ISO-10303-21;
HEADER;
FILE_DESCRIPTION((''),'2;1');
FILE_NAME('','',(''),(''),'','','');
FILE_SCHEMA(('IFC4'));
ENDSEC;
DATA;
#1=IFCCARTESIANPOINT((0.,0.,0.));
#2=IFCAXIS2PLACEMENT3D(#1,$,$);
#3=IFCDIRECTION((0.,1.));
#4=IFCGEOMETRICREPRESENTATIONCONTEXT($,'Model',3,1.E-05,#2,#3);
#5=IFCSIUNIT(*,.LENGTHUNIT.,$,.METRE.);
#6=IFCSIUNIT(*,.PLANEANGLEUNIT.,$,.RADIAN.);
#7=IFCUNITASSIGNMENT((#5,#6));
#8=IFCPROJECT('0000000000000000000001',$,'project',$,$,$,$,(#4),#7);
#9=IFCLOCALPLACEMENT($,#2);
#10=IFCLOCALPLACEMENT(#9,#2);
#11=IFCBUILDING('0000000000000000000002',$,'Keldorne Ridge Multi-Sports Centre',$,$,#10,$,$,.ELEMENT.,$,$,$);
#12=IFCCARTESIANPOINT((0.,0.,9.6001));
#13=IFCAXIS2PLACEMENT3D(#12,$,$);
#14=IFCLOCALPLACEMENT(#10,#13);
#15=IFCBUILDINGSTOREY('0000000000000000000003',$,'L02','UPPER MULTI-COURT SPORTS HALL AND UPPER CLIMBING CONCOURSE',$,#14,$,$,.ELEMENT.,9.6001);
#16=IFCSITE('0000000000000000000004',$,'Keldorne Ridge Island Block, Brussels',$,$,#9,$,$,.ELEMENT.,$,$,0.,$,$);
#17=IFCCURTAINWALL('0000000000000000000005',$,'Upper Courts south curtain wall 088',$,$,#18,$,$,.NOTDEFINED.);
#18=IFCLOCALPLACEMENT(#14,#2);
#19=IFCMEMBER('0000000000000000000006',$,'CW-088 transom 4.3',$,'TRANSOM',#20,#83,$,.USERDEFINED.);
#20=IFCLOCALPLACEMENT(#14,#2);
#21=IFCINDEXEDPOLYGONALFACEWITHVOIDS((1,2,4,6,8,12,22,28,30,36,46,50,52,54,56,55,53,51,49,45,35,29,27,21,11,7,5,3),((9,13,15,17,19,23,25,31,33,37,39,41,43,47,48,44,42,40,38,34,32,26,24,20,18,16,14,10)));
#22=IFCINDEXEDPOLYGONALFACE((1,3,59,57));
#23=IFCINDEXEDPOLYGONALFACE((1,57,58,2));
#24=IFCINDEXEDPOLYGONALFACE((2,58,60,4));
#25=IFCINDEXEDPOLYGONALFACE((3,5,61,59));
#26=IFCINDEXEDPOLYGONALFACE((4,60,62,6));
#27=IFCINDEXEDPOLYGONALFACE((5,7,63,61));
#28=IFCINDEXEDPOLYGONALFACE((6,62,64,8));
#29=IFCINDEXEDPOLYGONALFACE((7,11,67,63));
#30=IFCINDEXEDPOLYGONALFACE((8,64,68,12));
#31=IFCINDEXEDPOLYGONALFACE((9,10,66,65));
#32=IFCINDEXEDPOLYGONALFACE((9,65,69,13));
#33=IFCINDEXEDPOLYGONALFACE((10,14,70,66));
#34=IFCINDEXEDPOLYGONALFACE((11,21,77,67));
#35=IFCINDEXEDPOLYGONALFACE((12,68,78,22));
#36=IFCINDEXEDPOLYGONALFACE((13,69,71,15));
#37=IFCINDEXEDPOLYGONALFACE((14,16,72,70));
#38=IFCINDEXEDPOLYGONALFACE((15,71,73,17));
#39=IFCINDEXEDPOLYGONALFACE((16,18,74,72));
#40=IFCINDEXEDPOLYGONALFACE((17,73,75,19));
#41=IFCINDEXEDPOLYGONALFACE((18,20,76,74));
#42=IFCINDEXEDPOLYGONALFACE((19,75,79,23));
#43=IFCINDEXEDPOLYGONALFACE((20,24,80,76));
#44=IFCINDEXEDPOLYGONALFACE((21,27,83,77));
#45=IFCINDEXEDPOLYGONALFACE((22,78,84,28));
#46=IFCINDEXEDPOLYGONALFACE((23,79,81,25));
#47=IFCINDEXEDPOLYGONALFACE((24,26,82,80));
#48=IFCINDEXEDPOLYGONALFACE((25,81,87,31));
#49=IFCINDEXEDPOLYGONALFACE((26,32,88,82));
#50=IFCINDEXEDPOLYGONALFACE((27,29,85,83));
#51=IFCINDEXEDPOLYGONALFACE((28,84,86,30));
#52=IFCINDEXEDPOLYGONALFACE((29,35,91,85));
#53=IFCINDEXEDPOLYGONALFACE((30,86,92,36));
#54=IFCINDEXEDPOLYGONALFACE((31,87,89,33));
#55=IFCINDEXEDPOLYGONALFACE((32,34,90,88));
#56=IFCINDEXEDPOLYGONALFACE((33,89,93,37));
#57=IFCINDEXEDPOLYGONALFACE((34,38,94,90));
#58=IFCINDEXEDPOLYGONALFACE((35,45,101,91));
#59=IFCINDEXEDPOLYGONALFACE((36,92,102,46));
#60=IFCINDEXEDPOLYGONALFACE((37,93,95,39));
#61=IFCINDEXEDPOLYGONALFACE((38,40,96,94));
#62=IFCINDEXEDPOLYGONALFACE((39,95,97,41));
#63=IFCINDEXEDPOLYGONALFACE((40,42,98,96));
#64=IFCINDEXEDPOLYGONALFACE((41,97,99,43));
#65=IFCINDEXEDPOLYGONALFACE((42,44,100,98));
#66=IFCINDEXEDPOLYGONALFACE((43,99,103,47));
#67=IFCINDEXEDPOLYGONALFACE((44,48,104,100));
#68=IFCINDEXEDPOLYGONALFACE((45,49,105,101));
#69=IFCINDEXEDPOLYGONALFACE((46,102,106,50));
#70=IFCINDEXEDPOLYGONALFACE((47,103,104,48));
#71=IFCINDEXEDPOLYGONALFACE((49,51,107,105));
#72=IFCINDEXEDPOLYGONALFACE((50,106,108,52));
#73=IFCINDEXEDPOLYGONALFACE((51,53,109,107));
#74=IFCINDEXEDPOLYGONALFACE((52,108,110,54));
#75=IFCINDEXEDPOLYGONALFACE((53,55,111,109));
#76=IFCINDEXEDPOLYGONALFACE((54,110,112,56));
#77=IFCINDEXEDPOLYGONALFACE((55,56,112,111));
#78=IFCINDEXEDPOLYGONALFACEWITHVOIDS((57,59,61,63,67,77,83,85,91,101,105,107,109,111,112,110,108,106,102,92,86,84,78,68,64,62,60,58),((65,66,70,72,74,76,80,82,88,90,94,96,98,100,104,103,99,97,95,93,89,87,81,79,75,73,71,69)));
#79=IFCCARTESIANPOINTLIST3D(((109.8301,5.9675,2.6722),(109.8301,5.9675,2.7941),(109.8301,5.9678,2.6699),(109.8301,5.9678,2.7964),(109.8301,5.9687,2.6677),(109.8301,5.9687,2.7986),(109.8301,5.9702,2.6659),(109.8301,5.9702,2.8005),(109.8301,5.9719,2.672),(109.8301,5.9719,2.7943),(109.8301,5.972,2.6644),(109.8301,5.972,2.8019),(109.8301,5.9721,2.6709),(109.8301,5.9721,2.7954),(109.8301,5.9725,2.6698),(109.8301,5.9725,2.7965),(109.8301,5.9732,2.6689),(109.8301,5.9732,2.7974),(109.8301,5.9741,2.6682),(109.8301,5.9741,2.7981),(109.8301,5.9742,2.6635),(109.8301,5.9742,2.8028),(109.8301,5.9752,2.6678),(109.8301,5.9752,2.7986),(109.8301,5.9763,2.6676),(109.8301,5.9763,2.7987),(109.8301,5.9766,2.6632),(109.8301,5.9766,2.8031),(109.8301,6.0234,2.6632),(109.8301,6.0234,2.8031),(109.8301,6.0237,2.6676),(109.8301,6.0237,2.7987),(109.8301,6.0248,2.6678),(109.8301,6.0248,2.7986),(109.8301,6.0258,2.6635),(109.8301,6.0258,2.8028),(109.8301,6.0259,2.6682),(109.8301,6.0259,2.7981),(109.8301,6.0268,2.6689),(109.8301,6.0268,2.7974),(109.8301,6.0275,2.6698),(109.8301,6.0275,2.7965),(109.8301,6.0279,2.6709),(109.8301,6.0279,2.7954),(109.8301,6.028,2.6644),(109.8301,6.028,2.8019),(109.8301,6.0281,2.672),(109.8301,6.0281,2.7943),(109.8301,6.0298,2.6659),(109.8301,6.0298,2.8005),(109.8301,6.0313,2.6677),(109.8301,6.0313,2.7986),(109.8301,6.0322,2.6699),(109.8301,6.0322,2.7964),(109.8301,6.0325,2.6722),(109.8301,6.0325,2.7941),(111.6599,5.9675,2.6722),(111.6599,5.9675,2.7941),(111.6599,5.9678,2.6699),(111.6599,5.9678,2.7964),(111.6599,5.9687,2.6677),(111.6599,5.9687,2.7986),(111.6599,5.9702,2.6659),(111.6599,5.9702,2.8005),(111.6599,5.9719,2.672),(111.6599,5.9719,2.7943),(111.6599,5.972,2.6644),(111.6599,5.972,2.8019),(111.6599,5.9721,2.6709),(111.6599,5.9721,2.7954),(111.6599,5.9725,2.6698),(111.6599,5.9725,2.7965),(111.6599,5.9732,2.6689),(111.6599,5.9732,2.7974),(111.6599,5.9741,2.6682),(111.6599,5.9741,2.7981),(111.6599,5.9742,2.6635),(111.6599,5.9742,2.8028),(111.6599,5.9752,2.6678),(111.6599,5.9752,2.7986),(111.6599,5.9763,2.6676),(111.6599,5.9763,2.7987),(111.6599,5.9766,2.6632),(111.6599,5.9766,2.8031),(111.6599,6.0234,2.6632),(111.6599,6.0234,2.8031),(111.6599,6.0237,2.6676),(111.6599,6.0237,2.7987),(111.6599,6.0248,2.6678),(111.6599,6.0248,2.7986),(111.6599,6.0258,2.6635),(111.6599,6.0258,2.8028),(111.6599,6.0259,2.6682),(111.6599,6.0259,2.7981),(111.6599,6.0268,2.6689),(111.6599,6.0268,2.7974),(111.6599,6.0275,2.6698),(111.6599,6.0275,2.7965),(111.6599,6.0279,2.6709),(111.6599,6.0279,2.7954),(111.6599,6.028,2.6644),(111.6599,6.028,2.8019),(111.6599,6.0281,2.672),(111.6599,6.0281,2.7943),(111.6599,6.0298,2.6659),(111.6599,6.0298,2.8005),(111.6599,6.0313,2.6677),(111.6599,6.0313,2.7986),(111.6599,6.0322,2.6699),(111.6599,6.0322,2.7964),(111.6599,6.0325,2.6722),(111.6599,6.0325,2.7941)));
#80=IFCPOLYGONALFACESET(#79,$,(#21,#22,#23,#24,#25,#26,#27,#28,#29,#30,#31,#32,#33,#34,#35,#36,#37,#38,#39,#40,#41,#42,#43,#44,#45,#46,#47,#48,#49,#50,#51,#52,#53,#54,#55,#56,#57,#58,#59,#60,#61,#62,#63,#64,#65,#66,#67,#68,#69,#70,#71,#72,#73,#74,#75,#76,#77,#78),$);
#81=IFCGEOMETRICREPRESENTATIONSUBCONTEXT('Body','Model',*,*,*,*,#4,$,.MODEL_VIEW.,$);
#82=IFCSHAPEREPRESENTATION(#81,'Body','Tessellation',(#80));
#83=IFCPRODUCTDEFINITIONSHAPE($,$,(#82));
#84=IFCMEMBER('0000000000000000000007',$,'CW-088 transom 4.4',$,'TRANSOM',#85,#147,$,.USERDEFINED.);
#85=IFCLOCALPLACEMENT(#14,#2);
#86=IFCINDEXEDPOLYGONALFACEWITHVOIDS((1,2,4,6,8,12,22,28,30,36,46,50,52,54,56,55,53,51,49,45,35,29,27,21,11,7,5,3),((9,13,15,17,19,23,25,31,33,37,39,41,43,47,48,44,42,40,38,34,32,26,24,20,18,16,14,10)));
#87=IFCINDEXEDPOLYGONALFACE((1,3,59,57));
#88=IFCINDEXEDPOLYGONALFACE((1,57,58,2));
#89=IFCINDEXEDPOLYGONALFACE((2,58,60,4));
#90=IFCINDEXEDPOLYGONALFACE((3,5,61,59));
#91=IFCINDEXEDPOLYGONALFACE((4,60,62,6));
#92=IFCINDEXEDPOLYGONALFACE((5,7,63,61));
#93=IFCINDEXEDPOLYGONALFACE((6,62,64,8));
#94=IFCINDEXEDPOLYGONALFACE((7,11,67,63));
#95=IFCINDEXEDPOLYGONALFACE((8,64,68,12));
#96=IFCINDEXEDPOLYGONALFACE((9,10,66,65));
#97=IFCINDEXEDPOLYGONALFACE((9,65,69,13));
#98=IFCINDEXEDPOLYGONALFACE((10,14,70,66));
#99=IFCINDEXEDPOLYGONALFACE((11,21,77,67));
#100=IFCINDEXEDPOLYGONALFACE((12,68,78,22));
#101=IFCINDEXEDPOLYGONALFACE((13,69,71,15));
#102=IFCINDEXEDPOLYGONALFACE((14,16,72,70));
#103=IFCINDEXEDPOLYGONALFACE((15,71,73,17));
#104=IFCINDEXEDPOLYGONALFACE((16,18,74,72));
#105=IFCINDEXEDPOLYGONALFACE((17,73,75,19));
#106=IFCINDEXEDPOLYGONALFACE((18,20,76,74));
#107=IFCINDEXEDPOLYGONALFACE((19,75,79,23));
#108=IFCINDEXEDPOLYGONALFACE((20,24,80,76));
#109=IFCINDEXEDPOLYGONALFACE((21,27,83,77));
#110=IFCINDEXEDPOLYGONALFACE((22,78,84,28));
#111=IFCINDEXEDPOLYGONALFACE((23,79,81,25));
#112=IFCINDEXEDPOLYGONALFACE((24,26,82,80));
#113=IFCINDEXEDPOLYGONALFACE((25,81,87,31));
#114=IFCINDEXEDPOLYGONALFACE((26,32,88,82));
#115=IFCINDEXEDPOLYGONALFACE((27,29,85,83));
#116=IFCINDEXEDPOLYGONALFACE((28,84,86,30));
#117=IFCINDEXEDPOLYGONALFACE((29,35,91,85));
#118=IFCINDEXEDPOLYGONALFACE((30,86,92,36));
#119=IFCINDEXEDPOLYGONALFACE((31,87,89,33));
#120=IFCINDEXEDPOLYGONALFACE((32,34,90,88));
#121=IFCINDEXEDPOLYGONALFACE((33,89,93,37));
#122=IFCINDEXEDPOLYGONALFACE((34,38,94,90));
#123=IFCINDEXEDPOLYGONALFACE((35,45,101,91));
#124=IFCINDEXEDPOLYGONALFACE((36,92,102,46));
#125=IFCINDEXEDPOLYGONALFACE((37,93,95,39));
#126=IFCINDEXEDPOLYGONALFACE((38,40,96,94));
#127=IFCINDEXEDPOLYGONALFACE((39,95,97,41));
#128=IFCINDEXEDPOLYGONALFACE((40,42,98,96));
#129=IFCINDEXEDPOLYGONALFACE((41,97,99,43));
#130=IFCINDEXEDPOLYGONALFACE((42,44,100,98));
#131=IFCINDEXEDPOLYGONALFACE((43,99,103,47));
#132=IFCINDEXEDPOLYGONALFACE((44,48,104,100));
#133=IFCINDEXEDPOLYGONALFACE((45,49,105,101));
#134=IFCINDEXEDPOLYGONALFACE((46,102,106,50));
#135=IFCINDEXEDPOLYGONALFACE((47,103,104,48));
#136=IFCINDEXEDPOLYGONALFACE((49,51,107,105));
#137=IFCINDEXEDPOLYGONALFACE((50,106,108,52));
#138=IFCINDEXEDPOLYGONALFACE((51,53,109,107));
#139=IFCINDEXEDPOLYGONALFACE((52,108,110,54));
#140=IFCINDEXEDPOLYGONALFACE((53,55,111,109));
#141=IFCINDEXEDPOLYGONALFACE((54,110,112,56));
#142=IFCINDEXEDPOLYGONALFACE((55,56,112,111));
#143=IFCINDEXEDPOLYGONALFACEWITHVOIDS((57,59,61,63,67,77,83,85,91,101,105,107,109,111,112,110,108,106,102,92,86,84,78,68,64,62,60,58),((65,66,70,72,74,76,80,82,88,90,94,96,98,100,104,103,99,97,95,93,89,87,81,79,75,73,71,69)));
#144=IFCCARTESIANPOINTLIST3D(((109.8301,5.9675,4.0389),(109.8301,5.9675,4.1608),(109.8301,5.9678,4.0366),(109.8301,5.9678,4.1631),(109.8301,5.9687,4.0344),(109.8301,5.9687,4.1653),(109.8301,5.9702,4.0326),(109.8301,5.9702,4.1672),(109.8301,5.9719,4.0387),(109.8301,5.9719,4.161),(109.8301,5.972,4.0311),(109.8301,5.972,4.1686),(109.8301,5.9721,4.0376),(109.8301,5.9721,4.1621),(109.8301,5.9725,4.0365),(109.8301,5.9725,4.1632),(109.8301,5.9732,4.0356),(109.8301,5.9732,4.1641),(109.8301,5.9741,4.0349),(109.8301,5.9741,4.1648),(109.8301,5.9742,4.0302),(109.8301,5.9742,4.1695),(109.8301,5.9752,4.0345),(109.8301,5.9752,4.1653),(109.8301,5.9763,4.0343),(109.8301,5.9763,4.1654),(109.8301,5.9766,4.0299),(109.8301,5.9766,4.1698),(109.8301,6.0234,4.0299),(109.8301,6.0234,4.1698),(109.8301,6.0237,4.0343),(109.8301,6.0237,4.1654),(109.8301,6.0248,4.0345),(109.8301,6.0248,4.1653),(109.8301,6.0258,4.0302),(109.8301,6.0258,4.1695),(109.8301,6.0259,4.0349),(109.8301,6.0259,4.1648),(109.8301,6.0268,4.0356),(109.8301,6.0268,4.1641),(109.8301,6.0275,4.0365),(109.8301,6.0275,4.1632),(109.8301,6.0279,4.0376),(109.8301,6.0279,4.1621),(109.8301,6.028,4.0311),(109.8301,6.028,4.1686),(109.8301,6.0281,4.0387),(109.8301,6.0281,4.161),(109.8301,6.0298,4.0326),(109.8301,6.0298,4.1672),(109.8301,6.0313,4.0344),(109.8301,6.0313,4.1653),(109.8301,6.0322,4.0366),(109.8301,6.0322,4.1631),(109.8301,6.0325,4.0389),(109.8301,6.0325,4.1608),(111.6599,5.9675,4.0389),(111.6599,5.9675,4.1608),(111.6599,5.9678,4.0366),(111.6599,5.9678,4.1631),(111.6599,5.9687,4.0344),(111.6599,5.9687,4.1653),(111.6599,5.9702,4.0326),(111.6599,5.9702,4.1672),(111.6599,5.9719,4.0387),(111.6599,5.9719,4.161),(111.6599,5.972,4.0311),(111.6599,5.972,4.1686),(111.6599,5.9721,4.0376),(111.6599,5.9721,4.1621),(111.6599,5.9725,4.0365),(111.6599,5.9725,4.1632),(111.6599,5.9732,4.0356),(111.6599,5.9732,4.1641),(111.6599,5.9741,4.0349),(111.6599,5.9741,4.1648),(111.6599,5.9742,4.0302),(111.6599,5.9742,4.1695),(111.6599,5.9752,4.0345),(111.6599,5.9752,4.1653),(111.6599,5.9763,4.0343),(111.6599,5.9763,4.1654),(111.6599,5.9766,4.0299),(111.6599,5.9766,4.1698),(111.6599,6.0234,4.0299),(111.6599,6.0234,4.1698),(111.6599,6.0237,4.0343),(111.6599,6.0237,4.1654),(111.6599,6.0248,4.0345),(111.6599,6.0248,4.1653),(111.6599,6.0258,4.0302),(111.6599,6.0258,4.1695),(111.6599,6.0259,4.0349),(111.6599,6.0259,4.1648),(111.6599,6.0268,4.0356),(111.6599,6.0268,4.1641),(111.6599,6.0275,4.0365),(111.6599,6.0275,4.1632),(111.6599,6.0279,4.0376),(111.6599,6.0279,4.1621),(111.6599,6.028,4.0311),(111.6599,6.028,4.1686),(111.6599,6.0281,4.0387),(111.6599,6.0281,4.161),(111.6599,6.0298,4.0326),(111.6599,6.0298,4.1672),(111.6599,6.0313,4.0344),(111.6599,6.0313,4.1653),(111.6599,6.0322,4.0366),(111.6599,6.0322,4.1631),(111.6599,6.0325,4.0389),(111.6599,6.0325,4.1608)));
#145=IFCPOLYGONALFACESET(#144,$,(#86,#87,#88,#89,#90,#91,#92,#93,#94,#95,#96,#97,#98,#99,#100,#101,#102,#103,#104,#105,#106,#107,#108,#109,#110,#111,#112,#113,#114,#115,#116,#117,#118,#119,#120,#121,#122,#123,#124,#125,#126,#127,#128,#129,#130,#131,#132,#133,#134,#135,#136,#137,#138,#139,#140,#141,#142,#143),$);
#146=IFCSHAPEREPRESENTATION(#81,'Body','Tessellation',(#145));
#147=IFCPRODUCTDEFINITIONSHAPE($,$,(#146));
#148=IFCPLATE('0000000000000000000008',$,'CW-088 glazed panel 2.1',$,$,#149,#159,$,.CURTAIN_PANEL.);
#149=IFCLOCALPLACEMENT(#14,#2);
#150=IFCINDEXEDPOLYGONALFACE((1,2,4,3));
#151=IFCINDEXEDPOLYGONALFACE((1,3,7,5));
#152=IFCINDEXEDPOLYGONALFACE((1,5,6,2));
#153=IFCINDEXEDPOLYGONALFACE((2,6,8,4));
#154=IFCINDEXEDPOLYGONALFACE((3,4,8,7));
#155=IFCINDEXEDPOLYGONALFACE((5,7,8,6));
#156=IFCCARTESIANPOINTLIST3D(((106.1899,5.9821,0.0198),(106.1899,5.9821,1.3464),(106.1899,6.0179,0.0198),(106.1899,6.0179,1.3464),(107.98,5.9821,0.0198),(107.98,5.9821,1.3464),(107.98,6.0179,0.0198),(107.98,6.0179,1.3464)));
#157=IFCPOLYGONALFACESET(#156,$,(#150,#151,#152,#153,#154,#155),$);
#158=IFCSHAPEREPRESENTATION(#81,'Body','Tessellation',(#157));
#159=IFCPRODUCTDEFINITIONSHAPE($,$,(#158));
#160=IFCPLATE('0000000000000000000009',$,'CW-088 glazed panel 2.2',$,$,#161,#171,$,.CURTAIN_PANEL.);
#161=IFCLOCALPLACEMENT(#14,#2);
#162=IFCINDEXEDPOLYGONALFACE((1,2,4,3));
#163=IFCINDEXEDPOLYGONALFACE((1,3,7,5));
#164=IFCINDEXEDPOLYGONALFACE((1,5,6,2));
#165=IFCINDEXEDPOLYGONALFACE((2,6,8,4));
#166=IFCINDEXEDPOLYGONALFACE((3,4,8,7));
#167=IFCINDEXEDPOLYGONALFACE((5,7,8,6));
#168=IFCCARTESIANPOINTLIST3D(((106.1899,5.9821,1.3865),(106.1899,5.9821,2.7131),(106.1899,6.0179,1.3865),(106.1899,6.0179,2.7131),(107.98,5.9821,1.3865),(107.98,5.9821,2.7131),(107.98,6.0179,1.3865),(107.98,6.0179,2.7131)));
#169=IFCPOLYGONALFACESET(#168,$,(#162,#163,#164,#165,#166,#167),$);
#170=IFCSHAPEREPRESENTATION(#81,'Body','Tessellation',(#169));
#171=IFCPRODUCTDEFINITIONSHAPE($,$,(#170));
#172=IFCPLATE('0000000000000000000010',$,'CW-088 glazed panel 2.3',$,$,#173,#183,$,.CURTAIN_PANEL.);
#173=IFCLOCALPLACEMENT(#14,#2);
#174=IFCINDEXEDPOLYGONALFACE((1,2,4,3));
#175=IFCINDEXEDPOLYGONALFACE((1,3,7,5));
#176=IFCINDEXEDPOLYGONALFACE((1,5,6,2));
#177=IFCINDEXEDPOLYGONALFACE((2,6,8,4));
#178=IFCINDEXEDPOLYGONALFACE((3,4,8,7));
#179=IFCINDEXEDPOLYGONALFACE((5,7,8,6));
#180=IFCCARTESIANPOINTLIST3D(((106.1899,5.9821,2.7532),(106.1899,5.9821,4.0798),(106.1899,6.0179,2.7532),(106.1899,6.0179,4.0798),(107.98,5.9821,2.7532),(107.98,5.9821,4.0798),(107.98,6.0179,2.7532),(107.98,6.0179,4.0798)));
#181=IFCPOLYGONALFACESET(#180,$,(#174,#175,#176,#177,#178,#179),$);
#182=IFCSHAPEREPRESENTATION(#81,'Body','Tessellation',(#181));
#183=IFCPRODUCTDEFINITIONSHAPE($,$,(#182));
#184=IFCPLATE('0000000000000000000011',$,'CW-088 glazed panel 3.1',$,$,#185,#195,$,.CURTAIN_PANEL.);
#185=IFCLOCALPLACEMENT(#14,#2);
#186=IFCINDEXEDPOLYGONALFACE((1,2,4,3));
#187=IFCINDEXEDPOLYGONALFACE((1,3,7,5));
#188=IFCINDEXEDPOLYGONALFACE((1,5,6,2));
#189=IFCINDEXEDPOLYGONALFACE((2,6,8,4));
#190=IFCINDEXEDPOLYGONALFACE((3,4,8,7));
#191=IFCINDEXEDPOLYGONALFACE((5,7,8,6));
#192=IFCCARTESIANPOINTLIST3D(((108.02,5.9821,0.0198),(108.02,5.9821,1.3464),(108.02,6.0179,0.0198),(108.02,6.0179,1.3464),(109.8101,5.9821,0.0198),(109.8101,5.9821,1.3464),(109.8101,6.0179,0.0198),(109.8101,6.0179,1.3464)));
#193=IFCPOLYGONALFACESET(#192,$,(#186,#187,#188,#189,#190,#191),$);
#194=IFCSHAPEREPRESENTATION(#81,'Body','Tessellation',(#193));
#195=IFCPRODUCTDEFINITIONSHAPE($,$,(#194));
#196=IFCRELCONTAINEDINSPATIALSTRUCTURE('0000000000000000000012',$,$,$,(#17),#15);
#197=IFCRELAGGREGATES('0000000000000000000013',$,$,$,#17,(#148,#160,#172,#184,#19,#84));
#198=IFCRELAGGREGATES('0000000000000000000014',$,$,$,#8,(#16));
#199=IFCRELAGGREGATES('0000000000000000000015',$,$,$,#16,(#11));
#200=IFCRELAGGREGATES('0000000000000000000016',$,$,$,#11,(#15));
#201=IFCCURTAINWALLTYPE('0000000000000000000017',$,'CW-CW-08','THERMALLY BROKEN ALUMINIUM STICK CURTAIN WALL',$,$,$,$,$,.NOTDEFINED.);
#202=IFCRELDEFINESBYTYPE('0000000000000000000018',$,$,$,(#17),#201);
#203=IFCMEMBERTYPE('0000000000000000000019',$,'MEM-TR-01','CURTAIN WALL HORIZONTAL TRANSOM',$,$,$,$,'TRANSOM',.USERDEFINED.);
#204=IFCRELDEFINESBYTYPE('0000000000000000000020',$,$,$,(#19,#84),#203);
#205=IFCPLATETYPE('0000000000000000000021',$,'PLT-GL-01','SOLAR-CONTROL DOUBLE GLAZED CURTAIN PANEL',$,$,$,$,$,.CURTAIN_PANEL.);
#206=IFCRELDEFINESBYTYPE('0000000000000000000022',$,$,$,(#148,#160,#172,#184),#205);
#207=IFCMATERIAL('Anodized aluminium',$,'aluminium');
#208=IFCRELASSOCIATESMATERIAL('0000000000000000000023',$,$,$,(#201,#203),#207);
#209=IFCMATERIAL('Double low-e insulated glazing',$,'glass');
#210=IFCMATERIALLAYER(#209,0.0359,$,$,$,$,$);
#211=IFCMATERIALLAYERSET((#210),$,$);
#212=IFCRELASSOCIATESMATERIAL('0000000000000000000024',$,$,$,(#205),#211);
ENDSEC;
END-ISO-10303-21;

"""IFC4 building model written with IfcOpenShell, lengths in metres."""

from ifc_helpers import new_model, si_unit, direction, frame, origin, origin_2d, place, context, subcontext, project, spatial, rectangle, hollow_rectangle, extrude, material, layer, layer_set, material_profile, profile_set, type_object, element, aggregate, save


model = new_model("IFC4")

# Units and contexts
model_context = context("Model", 3, precision=1e-05, world=origin(), true_north=direction((0.0, 1.0)))
body_context = subcontext(model_context, "Body", "Model", "MODEL_VIEW")
ifc_project = project(units=[si_unit("LENGTHUNIT", "METRE"), si_unit("PLANEANGLEUNIT", "RADIAN")], contexts=[model_context])

# Site, building, storey
site_placement = place(None, origin())
site = spatial("IfcSite", under=ifc_project, at=site_placement, Name="Keldorne Ridge Island Block, Brussels", CompositionType="ELEMENT", RefElevation=0.0)
building_placement = place(site_placement, origin())
building = spatial("IfcBuilding", under=site, at=building_placement, Name="Keldorne Ridge Multi-Sports Centre", CompositionType="ELEMENT")
storey_placement = place(building_placement, frame((0.0, 0.0, 9.6001)))
storey = spatial("IfcBuildingStorey", under=building, at=storey_placement, Name="L02", Description="UPPER MULTI-COURT SPORTS HALL AND UPPER CLIMBING CONCOURSE", CompositionType="ELEMENT", Elevation=9.6001)

# Curtain wall, members, plates
ifc_material_1 = material(Name="Anodized aluminium", Category="aluminium")
curtain_wall_type = type_object("IfcCurtainWallType", Name="CW-CW-08", Description="THERMALLY BROKEN ALUMINIUM STICK CURTAIN WALL", PredefinedType="NOTDEFINED", material=ifc_material_1)
curtain_wall_placement = place(storey_placement, origin())
curtain_wall = element("IfcCurtainWall", 1, at=curtain_wall_placement, inside=storey, type_object=curtain_wall_type, Name="Upper Courts south curtain wall 088", PredefinedType="NOTDEFINED")
ifc_material_profile_1 = material_profile(ifc_material_1, hollow_rectangle(XDim=0.0649, YDim=0.1399, WallThickness=0.0044, InnerFilletRadius=0.0044, OuterFilletRadius=0.009, at=origin_2d()), Name="ALU TRANSOM 140x65x4.5")
ifc_profile_set_1 = profile_set([ifc_material_profile_1], Name="Anodized aluminium")
member_type_1 = type_object("IfcMemberType", Name="MEM-TR-01", Description="CURTAIN WALL HORIZONTAL TRANSOM", ElementType="TRANSOM", PredefinedType="USERDEFINED", material=ifc_profile_set_1)
member_1_placement = place(storey_placement, frame((109.8301, 6.0, 2.7332), z_axis=(1.0, 0.0, 0.0), x_axis=(0.0, 1.0, 0.0)))
member_1 = element("IfcMember", 2, at=member_1_placement, type_object=member_type_1, Name="CW-088 transom 4.3", ObjectType="TRANSOM", PredefinedType="USERDEFINED", context=body_context, shape_type="SweptSolid", body=[
    extrude(hollow_rectangle(XDim=0.0649, YDim=0.1399, WallThickness=0.0044, InnerFilletRadius=0.0044, OuterFilletRadius=0.009, at=origin_2d()), origin(), (0.0, 0.0, 1.0), 1.8298),
])
member_2_placement = place(storey_placement, frame((109.8301, 6.0, 4.0999), z_axis=(1.0, 0.0, 0.0), x_axis=(0.0, 1.0, 0.0)))
member_2 = element("IfcMember", 3, at=member_2_placement, type_object=member_type_1, Name="CW-088 transom 4.4", ObjectType="TRANSOM", PredefinedType="USERDEFINED", context=body_context, shape_type="SweptSolid", body=[
    extrude(hollow_rectangle(XDim=0.0649, YDim=0.1399, WallThickness=0.0044, InnerFilletRadius=0.0044, OuterFilletRadius=0.009, at=origin_2d()), origin(), (0.0, 0.0, 1.0), 1.8298),
])
ifc_material_2 = material(Name="Double low-e insulated glazing", Category="glass")
ifc_layer = layer(ifc_material_2, 0.0359)
ifc_layer_set = layer_set([ifc_layer])
plate_type = type_object("IfcPlateType", Name="PLT-GL-01", Description="SOLAR-CONTROL DOUBLE GLAZED CURTAIN PANEL", PredefinedType="CURTAIN_PANEL", material=ifc_layer_set)
plate_1_placement = place(storey_placement, frame((107.085, 6.0, 0.0198), z_axis=(0.0, 0.0, 1.0), x_axis=(1.0, 0.0, 0.0)))
plate_1 = element("IfcPlate", 4, at=plate_1_placement, type_object=plate_type, Name="CW-088 glazed panel 2.1", PredefinedType="CURTAIN_PANEL", context=body_context, shape_type="SweptSolid", body=[
    extrude(rectangle(XDim=1.79, YDim=0.0359, at=origin_2d()), origin(), (0.0, 0.0, 1.0), 1.3267),
])
plate_2_placement = place(storey_placement, frame((107.085, 6.0, 1.3865), z_axis=(0.0, 0.0, 1.0), x_axis=(1.0, 0.0, 0.0)))
plate_2 = element("IfcPlate", 5, at=plate_2_placement, type_object=plate_type, Name="CW-088 glazed panel 2.2", PredefinedType="CURTAIN_PANEL", context=body_context, shape_type="SweptSolid", body=[
    extrude(rectangle(XDim=1.79, YDim=0.0359, at=origin_2d()), origin(), (0.0, 0.0, 1.0), 1.3267),
])
plate_3_placement = place(storey_placement, frame((107.085, 6.0, 2.7532), z_axis=(0.0, 0.0, 1.0), x_axis=(1.0, 0.0, 0.0)))
plate_3 = element("IfcPlate", 6, at=plate_3_placement, type_object=plate_type, Name="CW-088 glazed panel 2.3", PredefinedType="CURTAIN_PANEL", context=body_context, shape_type="SweptSolid", body=[
    extrude(rectangle(XDim=1.79, YDim=0.0359, at=origin_2d()), origin(), (0.0, 0.0, 1.0), 1.3267),
])
plate_4_placement = place(storey_placement, frame((108.915, 6.0, 0.0198), z_axis=(0.0, 0.0, 1.0), x_axis=(1.0, 0.0, 0.0)))
plate_4 = element("IfcPlate", 7, at=plate_4_placement, type_object=plate_type, Name="CW-088 glazed panel 3.1", PredefinedType="CURTAIN_PANEL", context=body_context, shape_type="SweptSolid", body=[
    extrude(rectangle(XDim=1.79, YDim=0.0359, at=origin_2d()), origin(), (0.0, 0.0, 1.0), 1.3267),
])
aggregate(curtain_wall, [plate_1, plate_2, plate_3, plate_4, member_1, member_2])

save(model, "model.ifc")
